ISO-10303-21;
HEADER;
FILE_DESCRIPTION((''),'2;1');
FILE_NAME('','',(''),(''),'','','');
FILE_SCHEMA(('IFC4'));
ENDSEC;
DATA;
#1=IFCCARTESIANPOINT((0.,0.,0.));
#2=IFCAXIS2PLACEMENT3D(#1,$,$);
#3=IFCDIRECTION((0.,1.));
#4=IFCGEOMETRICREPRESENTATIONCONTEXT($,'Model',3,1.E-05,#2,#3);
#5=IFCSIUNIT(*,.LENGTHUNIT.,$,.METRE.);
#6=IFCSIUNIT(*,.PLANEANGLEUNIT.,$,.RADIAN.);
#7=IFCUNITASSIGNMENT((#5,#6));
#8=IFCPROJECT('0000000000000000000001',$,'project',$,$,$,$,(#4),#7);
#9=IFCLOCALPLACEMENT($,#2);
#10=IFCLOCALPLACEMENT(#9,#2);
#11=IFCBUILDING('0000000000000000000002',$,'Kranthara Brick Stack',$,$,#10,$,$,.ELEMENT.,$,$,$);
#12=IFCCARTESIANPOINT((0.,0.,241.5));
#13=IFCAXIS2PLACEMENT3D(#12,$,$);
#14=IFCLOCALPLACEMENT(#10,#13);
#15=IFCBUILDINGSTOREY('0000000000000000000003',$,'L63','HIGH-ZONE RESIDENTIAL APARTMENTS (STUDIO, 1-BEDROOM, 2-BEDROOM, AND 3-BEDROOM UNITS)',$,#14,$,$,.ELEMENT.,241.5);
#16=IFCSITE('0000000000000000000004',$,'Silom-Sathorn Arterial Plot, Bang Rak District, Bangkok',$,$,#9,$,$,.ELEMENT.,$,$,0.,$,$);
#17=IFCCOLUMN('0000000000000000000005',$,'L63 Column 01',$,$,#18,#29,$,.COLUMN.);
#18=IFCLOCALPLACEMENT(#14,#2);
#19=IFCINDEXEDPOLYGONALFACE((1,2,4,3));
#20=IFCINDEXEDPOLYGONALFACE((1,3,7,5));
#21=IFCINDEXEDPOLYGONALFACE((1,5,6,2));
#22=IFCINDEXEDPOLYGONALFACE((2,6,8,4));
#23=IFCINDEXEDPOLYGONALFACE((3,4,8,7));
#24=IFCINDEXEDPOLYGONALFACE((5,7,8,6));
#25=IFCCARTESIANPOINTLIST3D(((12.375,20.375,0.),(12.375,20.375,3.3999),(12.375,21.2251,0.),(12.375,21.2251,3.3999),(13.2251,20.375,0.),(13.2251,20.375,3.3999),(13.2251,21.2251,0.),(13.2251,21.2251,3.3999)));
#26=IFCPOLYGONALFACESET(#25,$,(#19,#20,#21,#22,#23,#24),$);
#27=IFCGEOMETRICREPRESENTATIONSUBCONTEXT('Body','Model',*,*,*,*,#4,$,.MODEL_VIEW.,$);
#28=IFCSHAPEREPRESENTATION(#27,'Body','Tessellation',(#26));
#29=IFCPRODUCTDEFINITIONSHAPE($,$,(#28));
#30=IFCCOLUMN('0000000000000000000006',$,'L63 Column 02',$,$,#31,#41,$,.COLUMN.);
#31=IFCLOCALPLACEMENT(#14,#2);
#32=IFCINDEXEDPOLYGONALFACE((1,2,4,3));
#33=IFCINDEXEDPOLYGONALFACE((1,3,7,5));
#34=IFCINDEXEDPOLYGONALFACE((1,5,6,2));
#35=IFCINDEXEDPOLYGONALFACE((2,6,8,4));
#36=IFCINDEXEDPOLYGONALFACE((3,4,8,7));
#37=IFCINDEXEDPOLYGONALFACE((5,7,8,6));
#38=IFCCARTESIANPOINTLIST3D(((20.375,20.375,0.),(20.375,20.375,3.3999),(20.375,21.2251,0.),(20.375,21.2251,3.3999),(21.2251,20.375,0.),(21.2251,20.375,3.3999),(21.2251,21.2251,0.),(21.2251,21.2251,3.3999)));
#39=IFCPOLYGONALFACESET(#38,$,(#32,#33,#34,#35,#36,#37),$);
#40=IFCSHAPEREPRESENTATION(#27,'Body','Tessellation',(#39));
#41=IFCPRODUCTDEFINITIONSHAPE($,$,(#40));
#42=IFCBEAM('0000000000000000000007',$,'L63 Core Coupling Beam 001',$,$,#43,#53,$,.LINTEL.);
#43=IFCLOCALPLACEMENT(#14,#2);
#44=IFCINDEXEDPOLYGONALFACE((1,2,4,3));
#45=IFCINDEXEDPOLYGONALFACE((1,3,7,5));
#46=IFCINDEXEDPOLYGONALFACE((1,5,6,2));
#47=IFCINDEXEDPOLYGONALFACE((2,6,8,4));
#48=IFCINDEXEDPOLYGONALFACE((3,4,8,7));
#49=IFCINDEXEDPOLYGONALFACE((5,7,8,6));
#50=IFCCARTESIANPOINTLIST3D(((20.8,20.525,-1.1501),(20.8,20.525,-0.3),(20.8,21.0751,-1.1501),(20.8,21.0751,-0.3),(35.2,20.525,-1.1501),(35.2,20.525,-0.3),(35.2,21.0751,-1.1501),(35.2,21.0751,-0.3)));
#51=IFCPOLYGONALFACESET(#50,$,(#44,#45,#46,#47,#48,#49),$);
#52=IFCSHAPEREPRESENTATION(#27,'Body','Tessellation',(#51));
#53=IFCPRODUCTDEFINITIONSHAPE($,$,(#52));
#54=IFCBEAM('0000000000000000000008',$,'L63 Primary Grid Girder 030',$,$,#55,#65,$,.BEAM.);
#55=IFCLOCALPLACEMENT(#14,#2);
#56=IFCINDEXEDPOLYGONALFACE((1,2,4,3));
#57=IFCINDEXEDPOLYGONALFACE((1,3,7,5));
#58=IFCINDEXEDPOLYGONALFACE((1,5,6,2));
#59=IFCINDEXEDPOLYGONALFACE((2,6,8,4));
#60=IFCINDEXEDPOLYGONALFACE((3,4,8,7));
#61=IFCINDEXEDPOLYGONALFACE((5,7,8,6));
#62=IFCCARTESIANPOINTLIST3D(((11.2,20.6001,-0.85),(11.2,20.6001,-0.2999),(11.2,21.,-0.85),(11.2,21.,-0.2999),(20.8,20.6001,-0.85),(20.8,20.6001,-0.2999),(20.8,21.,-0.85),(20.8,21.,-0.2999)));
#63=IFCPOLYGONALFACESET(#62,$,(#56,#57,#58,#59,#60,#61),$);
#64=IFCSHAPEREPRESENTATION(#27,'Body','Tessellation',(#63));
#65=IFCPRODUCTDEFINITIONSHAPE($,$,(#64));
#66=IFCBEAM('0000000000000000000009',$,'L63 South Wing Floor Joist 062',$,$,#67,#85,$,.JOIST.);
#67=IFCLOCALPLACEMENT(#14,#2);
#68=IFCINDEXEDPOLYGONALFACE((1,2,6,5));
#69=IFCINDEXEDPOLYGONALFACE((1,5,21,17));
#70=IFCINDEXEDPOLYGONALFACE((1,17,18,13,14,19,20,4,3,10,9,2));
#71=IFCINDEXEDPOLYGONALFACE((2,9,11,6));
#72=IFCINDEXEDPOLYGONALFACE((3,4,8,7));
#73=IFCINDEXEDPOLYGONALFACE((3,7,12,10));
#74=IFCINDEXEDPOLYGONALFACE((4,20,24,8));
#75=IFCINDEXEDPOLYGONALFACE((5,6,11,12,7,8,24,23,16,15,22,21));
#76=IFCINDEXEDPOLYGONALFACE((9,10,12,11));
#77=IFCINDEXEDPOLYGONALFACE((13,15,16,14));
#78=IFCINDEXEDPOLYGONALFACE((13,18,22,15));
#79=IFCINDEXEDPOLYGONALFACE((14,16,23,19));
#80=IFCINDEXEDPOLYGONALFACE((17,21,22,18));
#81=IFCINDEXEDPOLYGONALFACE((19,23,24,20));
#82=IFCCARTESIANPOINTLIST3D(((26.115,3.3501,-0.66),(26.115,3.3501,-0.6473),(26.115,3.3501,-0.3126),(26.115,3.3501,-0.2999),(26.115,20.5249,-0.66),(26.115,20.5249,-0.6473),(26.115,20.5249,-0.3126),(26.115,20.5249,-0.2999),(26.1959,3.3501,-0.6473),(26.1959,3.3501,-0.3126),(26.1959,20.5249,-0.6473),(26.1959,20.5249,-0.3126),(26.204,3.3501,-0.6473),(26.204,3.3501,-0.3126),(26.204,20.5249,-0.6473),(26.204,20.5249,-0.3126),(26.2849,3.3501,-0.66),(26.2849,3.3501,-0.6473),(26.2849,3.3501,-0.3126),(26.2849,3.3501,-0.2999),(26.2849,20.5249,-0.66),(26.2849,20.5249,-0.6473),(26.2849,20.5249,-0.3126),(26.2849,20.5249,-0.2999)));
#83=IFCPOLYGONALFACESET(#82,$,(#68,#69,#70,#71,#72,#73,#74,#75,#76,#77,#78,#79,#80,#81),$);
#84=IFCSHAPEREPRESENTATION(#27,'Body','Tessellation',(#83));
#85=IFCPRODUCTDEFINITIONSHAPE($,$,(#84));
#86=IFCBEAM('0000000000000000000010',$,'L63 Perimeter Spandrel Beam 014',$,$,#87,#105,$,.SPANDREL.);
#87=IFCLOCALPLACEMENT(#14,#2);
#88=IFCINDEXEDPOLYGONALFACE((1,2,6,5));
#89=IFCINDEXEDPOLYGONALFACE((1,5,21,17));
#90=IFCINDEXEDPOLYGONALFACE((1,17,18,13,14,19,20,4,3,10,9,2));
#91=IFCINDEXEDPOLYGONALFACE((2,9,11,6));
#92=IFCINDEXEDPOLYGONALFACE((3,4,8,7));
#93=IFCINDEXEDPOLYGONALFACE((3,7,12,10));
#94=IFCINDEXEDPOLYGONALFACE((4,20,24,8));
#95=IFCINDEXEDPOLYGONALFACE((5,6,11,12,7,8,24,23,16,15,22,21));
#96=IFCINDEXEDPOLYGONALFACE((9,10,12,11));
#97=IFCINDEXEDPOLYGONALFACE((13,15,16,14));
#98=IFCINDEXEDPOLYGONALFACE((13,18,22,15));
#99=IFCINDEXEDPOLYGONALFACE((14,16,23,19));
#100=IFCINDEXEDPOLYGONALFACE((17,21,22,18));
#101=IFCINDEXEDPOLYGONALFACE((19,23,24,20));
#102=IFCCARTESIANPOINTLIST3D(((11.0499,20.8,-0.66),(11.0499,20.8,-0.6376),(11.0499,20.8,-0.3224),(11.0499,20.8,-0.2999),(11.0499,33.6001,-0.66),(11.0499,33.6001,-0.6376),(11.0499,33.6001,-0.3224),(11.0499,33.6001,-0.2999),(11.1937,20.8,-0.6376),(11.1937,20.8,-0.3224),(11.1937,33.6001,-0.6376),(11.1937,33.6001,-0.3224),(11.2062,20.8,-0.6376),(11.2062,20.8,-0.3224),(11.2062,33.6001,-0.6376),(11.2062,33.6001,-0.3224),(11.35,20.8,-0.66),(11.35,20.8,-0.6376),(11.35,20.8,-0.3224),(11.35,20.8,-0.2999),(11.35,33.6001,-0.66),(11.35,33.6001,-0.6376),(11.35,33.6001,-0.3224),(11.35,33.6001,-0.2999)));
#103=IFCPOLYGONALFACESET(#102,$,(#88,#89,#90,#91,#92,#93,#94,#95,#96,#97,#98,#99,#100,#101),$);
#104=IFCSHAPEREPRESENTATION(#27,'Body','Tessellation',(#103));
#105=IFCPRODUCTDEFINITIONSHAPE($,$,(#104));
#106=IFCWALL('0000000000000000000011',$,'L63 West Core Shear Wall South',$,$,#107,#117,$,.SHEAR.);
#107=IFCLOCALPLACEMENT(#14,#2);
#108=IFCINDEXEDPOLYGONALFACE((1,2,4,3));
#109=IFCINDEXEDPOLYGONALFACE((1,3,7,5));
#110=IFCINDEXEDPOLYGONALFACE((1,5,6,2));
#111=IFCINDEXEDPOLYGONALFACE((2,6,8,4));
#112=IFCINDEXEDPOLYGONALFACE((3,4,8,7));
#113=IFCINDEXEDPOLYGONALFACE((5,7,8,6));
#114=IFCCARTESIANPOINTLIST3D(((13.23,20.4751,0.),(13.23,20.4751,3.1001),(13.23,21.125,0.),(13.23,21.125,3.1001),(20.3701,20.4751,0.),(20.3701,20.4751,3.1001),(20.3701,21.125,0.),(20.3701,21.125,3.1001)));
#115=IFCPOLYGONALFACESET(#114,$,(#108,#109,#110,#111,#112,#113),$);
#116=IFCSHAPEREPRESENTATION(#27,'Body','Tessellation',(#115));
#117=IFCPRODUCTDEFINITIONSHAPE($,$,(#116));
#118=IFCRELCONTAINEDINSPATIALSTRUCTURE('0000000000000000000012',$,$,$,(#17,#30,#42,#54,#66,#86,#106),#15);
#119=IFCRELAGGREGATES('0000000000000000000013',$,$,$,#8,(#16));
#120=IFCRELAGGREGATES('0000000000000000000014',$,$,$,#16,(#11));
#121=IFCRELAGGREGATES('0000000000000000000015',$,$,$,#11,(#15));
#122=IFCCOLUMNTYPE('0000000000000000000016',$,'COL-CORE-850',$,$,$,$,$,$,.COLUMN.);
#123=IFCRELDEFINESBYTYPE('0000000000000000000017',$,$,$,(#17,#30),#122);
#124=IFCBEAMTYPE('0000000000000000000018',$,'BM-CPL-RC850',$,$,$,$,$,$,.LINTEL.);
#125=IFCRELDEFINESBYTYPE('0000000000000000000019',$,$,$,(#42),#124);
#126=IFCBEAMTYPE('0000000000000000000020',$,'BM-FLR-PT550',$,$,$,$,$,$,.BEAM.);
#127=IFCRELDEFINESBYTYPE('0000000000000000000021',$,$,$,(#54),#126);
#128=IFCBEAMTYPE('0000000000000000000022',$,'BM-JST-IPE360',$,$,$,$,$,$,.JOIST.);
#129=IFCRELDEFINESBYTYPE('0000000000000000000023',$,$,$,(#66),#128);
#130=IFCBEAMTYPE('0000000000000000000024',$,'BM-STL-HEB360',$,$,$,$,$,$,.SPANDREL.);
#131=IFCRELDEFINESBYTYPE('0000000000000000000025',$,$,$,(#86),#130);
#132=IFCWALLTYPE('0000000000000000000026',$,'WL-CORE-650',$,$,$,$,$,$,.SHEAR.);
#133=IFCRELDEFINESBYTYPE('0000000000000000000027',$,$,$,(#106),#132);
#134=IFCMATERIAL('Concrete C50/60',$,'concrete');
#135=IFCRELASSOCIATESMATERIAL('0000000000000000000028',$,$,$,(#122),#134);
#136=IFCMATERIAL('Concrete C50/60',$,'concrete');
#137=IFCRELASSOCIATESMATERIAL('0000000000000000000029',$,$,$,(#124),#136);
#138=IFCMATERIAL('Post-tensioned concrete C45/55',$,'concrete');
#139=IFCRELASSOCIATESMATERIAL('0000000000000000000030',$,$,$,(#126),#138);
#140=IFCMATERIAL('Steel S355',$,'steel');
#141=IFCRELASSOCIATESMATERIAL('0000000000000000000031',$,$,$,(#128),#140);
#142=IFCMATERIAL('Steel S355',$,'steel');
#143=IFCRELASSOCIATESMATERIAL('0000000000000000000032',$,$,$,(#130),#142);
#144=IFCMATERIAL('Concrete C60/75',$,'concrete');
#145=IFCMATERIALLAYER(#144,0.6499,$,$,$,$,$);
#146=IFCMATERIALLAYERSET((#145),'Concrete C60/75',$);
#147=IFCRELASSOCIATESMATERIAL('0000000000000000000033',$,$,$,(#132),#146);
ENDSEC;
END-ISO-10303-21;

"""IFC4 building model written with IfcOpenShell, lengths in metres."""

from ifc_helpers import new_model, si_unit, direction, frame, frame_2d, origin, origin_2d, place, context, subcontext, project, spatial, rectangle, i_section, extrude, material, layer, layer_set, material_profile, profile_set, type_object, element, save


model = new_model("IFC4")

# Units and contexts
model_context = context("Model", 3, precision=1e-05, world=origin(), true_north=direction((0.0, 1.0)))
body_context = subcontext(model_context, "Body", "Model", "MODEL_VIEW")
ifc_project = project(units=[si_unit("LENGTHUNIT", "METRE"), si_unit("PLANEANGLEUNIT", "RADIAN")], contexts=[model_context])

# Site, building, storey
site_placement = place(None, origin())
site = spatial("IfcSite", under=ifc_project, at=site_placement, Name="Silom-Sathorn Arterial Plot, Bang Rak District, Bangkok", CompositionType="ELEMENT", RefElevation=0.0)
building_placement = place(site_placement, origin())
building = spatial("IfcBuilding", under=site, at=building_placement, Name="Kranthara Brick Stack", CompositionType="ELEMENT")
storey_placement = place(building_placement, frame((0.0, 0.0, 241.5)))
storey = spatial("IfcBuildingStorey", under=building, at=storey_placement, Name="L63", Description="HIGH-ZONE RESIDENTIAL APARTMENTS (STUDIO, 1-BEDROOM, 2-BEDROOM, AND 3-BEDROOM UNITS)", CompositionType="ELEMENT", Elevation=241.5)

# Columns
ifc_material_1 = material(Name="Concrete C50/60", Category="concrete")
ifc_material_profile_1 = material_profile(ifc_material_1, rectangle(XDim=0.8501, YDim=0.8501, at=origin_2d()), Name="RC 850x850")
ifc_profile_set_1 = profile_set([ifc_material_profile_1], Name="Concrete C50/60")
column_type = type_object("IfcColumnType", Name="COL-CORE-850", PredefinedType="COLUMN", material=ifc_profile_set_1)
for number, where, z_axis, x_axis, name in (
    (1, (12.8, 20.8, 0.0), (0.0, 0.0, 1.0), (1.0, 0.0, 0.0), "L63 Column 01"),
    (2, (20.8, 20.8, 0.0), (0.0, 0.0, 1.0), (1.0, 0.0, 0.0), "L63 Column 02"),
):
    element("IfcColumn", number, at=place(storey_placement, frame(where, z_axis=z_axis, x_axis=x_axis)), inside=storey, type_object=column_type, Name=name, PredefinedType="COLUMN", context=body_context, shape_type="SweptSolid", body=[
        extrude(rectangle(XDim=0.8501, YDim=0.8501, at=origin_2d()), origin(), (0.0, 0.0, 1.0), 3.3999),
    ])

# Beams
ifc_material_2 = material(Name="Concrete C50/60", Category="concrete")
ifc_material_profile_2 = material_profile(ifc_material_2, rectangle(XDim=0.55, YDim=0.8501, at=origin_2d()), Name="RC 550x850")
ifc_profile_set_2 = profile_set([ifc_material_profile_2], Name="Concrete C50/60")
beam_type_1 = type_object("IfcBeamType", Name="BM-CPL-RC850", PredefinedType="LINTEL", material=ifc_profile_set_2)
beam_1_placement = place(storey_placement, frame((20.8, 20.8, -0.7251), z_axis=(1.0, 0.0, 0.0), x_axis=(0.0, 1.0, 0.0)))
element("IfcBeam", 3, at=beam_1_placement, inside=storey, type_object=beam_type_1, Name="L63 Core Coupling Beam 001", PredefinedType="LINTEL", context=body_context, shape_type="SweptSolid", body=[
    extrude(rectangle(XDim=0.55, YDim=0.8501, at=origin_2d()), origin(), (0.0, 0.0, 1.0), 14.3999),
])
ifc_material_3 = material(Name="Post-tensioned concrete C45/55", Category="concrete")
ifc_material_profile_3 = material_profile(ifc_material_3, rectangle(XDim=0.3999, YDim=0.55, at=origin_2d()), Name="PT 400x550")
ifc_profile_set_3 = profile_set([ifc_material_profile_3], Name="Post-tensioned concrete C45/55")
beam_type_2 = type_object("IfcBeamType", Name="BM-FLR-PT550", PredefinedType="BEAM", material=ifc_profile_set_3)
beam_2_placement = place(storey_placement, frame((11.2, 20.8, -0.575), z_axis=(1.0, 0.0, 0.0), x_axis=(0.0, 1.0, 0.0)))
element("IfcBeam", 4, at=beam_2_placement, inside=storey, type_object=beam_type_2, Name="L63 Primary Grid Girder 030", PredefinedType="BEAM", context=body_context, shape_type="SweptSolid", body=[
    extrude(rectangle(XDim=0.3999, YDim=0.55, at=origin_2d()), origin(), (0.0, 0.0, 1.0), 9.6001),
])
ifc_material_4 = material(Name="Steel S355", Category="steel")
ifc_material_profile_4 = material_profile(ifc_material_4, i_section(OverallWidth=0.1699, OverallDepth=0.3601, WebThickness=0.0081, FlangeThickness=0.0127, at=origin_2d()), Name="IPE 360")
ifc_profile_set_4 = profile_set([ifc_material_profile_4], Name="Steel S355")
beam_type_3 = type_object("IfcBeamType", Name="BM-JST-IPE360", PredefinedType="JOIST", material=ifc_profile_set_4)
beam_3_placement = place(storey_placement, frame((26.2, 3.3501, -0.48), z_axis=(0.0, 1.0, 0.0), x_axis=(-1.0, 0.0, 0.0)))
element("IfcBeam", 5, at=beam_3_placement, inside=storey, type_object=beam_type_3, Name="L63 South Wing Floor Joist 062", PredefinedType="JOIST", context=body_context, shape_type="SweptSolid", body=[
    extrude(i_section(OverallWidth=0.1699, OverallDepth=0.3601, WebThickness=0.0081, FlangeThickness=0.0127, at=origin_2d()), origin(), (0.0, 0.0, 1.0), 17.1748),
])
ifc_material_5 = material(Name="Steel S355", Category="steel")
ifc_material_profile_5 = material_profile(ifc_material_5, i_section(OverallWidth=0.3, OverallDepth=0.3601, WebThickness=0.0125, FlangeThickness=0.0225, at=origin_2d()), Name="HEB 360")
ifc_profile_set_5 = profile_set([ifc_material_profile_5], Name="Steel S355")
beam_type_4 = type_object("IfcBeamType", Name="BM-STL-HEB360", PredefinedType="SPANDREL", material=ifc_profile_set_5)
beam_4_placement = place(storey_placement, frame((11.2, 20.8, -0.48), z_axis=(0.0, 1.0, 0.0), x_axis=(-1.0, 0.0, 0.0)))
element("IfcBeam", 6, at=beam_4_placement, inside=storey, type_object=beam_type_4, Name="L63 Perimeter Spandrel Beam 014", PredefinedType="SPANDREL", context=body_context, shape_type="SweptSolid", body=[
    extrude(i_section(OverallWidth=0.3, OverallDepth=0.3601, WebThickness=0.0125, FlangeThickness=0.0225, at=origin_2d()), origin(), (0.0, 0.0, 1.0), 12.8),
])

# Wall
ifc_material_6 = material(Name="Concrete C60/75", Category="concrete")
ifc_layer_1 = layer(ifc_material_6, 0.6499)
ifc_layer_set_1 = layer_set([ifc_layer_1], Name="Concrete C60/75")
wall_type_1 = type_object("IfcWallType", Name="WL-CORE-650", PredefinedType="SHEAR", material=ifc_layer_set_1)
wall_1_placement = place(storey_placement, frame((13.23, 20.8, 0.0), z_axis=(0.0, 0.0, 1.0), x_axis=(1.0, 0.0, 0.0)))
element("IfcWall", 7, at=wall_1_placement, inside=storey, type_object=wall_type_1, Name="L63 West Core Shear Wall South", PredefinedType="SHEAR", context=body_context, shape_type="SweptSolid", body=[
    extrude(rectangle(XDim=7.1401, YDim=0.6499, at=frame_2d((3.5701, 0.0))), origin(), (0.0, 0.0, 1.0), 3.1001),
])

save(model, "model.ifc")
